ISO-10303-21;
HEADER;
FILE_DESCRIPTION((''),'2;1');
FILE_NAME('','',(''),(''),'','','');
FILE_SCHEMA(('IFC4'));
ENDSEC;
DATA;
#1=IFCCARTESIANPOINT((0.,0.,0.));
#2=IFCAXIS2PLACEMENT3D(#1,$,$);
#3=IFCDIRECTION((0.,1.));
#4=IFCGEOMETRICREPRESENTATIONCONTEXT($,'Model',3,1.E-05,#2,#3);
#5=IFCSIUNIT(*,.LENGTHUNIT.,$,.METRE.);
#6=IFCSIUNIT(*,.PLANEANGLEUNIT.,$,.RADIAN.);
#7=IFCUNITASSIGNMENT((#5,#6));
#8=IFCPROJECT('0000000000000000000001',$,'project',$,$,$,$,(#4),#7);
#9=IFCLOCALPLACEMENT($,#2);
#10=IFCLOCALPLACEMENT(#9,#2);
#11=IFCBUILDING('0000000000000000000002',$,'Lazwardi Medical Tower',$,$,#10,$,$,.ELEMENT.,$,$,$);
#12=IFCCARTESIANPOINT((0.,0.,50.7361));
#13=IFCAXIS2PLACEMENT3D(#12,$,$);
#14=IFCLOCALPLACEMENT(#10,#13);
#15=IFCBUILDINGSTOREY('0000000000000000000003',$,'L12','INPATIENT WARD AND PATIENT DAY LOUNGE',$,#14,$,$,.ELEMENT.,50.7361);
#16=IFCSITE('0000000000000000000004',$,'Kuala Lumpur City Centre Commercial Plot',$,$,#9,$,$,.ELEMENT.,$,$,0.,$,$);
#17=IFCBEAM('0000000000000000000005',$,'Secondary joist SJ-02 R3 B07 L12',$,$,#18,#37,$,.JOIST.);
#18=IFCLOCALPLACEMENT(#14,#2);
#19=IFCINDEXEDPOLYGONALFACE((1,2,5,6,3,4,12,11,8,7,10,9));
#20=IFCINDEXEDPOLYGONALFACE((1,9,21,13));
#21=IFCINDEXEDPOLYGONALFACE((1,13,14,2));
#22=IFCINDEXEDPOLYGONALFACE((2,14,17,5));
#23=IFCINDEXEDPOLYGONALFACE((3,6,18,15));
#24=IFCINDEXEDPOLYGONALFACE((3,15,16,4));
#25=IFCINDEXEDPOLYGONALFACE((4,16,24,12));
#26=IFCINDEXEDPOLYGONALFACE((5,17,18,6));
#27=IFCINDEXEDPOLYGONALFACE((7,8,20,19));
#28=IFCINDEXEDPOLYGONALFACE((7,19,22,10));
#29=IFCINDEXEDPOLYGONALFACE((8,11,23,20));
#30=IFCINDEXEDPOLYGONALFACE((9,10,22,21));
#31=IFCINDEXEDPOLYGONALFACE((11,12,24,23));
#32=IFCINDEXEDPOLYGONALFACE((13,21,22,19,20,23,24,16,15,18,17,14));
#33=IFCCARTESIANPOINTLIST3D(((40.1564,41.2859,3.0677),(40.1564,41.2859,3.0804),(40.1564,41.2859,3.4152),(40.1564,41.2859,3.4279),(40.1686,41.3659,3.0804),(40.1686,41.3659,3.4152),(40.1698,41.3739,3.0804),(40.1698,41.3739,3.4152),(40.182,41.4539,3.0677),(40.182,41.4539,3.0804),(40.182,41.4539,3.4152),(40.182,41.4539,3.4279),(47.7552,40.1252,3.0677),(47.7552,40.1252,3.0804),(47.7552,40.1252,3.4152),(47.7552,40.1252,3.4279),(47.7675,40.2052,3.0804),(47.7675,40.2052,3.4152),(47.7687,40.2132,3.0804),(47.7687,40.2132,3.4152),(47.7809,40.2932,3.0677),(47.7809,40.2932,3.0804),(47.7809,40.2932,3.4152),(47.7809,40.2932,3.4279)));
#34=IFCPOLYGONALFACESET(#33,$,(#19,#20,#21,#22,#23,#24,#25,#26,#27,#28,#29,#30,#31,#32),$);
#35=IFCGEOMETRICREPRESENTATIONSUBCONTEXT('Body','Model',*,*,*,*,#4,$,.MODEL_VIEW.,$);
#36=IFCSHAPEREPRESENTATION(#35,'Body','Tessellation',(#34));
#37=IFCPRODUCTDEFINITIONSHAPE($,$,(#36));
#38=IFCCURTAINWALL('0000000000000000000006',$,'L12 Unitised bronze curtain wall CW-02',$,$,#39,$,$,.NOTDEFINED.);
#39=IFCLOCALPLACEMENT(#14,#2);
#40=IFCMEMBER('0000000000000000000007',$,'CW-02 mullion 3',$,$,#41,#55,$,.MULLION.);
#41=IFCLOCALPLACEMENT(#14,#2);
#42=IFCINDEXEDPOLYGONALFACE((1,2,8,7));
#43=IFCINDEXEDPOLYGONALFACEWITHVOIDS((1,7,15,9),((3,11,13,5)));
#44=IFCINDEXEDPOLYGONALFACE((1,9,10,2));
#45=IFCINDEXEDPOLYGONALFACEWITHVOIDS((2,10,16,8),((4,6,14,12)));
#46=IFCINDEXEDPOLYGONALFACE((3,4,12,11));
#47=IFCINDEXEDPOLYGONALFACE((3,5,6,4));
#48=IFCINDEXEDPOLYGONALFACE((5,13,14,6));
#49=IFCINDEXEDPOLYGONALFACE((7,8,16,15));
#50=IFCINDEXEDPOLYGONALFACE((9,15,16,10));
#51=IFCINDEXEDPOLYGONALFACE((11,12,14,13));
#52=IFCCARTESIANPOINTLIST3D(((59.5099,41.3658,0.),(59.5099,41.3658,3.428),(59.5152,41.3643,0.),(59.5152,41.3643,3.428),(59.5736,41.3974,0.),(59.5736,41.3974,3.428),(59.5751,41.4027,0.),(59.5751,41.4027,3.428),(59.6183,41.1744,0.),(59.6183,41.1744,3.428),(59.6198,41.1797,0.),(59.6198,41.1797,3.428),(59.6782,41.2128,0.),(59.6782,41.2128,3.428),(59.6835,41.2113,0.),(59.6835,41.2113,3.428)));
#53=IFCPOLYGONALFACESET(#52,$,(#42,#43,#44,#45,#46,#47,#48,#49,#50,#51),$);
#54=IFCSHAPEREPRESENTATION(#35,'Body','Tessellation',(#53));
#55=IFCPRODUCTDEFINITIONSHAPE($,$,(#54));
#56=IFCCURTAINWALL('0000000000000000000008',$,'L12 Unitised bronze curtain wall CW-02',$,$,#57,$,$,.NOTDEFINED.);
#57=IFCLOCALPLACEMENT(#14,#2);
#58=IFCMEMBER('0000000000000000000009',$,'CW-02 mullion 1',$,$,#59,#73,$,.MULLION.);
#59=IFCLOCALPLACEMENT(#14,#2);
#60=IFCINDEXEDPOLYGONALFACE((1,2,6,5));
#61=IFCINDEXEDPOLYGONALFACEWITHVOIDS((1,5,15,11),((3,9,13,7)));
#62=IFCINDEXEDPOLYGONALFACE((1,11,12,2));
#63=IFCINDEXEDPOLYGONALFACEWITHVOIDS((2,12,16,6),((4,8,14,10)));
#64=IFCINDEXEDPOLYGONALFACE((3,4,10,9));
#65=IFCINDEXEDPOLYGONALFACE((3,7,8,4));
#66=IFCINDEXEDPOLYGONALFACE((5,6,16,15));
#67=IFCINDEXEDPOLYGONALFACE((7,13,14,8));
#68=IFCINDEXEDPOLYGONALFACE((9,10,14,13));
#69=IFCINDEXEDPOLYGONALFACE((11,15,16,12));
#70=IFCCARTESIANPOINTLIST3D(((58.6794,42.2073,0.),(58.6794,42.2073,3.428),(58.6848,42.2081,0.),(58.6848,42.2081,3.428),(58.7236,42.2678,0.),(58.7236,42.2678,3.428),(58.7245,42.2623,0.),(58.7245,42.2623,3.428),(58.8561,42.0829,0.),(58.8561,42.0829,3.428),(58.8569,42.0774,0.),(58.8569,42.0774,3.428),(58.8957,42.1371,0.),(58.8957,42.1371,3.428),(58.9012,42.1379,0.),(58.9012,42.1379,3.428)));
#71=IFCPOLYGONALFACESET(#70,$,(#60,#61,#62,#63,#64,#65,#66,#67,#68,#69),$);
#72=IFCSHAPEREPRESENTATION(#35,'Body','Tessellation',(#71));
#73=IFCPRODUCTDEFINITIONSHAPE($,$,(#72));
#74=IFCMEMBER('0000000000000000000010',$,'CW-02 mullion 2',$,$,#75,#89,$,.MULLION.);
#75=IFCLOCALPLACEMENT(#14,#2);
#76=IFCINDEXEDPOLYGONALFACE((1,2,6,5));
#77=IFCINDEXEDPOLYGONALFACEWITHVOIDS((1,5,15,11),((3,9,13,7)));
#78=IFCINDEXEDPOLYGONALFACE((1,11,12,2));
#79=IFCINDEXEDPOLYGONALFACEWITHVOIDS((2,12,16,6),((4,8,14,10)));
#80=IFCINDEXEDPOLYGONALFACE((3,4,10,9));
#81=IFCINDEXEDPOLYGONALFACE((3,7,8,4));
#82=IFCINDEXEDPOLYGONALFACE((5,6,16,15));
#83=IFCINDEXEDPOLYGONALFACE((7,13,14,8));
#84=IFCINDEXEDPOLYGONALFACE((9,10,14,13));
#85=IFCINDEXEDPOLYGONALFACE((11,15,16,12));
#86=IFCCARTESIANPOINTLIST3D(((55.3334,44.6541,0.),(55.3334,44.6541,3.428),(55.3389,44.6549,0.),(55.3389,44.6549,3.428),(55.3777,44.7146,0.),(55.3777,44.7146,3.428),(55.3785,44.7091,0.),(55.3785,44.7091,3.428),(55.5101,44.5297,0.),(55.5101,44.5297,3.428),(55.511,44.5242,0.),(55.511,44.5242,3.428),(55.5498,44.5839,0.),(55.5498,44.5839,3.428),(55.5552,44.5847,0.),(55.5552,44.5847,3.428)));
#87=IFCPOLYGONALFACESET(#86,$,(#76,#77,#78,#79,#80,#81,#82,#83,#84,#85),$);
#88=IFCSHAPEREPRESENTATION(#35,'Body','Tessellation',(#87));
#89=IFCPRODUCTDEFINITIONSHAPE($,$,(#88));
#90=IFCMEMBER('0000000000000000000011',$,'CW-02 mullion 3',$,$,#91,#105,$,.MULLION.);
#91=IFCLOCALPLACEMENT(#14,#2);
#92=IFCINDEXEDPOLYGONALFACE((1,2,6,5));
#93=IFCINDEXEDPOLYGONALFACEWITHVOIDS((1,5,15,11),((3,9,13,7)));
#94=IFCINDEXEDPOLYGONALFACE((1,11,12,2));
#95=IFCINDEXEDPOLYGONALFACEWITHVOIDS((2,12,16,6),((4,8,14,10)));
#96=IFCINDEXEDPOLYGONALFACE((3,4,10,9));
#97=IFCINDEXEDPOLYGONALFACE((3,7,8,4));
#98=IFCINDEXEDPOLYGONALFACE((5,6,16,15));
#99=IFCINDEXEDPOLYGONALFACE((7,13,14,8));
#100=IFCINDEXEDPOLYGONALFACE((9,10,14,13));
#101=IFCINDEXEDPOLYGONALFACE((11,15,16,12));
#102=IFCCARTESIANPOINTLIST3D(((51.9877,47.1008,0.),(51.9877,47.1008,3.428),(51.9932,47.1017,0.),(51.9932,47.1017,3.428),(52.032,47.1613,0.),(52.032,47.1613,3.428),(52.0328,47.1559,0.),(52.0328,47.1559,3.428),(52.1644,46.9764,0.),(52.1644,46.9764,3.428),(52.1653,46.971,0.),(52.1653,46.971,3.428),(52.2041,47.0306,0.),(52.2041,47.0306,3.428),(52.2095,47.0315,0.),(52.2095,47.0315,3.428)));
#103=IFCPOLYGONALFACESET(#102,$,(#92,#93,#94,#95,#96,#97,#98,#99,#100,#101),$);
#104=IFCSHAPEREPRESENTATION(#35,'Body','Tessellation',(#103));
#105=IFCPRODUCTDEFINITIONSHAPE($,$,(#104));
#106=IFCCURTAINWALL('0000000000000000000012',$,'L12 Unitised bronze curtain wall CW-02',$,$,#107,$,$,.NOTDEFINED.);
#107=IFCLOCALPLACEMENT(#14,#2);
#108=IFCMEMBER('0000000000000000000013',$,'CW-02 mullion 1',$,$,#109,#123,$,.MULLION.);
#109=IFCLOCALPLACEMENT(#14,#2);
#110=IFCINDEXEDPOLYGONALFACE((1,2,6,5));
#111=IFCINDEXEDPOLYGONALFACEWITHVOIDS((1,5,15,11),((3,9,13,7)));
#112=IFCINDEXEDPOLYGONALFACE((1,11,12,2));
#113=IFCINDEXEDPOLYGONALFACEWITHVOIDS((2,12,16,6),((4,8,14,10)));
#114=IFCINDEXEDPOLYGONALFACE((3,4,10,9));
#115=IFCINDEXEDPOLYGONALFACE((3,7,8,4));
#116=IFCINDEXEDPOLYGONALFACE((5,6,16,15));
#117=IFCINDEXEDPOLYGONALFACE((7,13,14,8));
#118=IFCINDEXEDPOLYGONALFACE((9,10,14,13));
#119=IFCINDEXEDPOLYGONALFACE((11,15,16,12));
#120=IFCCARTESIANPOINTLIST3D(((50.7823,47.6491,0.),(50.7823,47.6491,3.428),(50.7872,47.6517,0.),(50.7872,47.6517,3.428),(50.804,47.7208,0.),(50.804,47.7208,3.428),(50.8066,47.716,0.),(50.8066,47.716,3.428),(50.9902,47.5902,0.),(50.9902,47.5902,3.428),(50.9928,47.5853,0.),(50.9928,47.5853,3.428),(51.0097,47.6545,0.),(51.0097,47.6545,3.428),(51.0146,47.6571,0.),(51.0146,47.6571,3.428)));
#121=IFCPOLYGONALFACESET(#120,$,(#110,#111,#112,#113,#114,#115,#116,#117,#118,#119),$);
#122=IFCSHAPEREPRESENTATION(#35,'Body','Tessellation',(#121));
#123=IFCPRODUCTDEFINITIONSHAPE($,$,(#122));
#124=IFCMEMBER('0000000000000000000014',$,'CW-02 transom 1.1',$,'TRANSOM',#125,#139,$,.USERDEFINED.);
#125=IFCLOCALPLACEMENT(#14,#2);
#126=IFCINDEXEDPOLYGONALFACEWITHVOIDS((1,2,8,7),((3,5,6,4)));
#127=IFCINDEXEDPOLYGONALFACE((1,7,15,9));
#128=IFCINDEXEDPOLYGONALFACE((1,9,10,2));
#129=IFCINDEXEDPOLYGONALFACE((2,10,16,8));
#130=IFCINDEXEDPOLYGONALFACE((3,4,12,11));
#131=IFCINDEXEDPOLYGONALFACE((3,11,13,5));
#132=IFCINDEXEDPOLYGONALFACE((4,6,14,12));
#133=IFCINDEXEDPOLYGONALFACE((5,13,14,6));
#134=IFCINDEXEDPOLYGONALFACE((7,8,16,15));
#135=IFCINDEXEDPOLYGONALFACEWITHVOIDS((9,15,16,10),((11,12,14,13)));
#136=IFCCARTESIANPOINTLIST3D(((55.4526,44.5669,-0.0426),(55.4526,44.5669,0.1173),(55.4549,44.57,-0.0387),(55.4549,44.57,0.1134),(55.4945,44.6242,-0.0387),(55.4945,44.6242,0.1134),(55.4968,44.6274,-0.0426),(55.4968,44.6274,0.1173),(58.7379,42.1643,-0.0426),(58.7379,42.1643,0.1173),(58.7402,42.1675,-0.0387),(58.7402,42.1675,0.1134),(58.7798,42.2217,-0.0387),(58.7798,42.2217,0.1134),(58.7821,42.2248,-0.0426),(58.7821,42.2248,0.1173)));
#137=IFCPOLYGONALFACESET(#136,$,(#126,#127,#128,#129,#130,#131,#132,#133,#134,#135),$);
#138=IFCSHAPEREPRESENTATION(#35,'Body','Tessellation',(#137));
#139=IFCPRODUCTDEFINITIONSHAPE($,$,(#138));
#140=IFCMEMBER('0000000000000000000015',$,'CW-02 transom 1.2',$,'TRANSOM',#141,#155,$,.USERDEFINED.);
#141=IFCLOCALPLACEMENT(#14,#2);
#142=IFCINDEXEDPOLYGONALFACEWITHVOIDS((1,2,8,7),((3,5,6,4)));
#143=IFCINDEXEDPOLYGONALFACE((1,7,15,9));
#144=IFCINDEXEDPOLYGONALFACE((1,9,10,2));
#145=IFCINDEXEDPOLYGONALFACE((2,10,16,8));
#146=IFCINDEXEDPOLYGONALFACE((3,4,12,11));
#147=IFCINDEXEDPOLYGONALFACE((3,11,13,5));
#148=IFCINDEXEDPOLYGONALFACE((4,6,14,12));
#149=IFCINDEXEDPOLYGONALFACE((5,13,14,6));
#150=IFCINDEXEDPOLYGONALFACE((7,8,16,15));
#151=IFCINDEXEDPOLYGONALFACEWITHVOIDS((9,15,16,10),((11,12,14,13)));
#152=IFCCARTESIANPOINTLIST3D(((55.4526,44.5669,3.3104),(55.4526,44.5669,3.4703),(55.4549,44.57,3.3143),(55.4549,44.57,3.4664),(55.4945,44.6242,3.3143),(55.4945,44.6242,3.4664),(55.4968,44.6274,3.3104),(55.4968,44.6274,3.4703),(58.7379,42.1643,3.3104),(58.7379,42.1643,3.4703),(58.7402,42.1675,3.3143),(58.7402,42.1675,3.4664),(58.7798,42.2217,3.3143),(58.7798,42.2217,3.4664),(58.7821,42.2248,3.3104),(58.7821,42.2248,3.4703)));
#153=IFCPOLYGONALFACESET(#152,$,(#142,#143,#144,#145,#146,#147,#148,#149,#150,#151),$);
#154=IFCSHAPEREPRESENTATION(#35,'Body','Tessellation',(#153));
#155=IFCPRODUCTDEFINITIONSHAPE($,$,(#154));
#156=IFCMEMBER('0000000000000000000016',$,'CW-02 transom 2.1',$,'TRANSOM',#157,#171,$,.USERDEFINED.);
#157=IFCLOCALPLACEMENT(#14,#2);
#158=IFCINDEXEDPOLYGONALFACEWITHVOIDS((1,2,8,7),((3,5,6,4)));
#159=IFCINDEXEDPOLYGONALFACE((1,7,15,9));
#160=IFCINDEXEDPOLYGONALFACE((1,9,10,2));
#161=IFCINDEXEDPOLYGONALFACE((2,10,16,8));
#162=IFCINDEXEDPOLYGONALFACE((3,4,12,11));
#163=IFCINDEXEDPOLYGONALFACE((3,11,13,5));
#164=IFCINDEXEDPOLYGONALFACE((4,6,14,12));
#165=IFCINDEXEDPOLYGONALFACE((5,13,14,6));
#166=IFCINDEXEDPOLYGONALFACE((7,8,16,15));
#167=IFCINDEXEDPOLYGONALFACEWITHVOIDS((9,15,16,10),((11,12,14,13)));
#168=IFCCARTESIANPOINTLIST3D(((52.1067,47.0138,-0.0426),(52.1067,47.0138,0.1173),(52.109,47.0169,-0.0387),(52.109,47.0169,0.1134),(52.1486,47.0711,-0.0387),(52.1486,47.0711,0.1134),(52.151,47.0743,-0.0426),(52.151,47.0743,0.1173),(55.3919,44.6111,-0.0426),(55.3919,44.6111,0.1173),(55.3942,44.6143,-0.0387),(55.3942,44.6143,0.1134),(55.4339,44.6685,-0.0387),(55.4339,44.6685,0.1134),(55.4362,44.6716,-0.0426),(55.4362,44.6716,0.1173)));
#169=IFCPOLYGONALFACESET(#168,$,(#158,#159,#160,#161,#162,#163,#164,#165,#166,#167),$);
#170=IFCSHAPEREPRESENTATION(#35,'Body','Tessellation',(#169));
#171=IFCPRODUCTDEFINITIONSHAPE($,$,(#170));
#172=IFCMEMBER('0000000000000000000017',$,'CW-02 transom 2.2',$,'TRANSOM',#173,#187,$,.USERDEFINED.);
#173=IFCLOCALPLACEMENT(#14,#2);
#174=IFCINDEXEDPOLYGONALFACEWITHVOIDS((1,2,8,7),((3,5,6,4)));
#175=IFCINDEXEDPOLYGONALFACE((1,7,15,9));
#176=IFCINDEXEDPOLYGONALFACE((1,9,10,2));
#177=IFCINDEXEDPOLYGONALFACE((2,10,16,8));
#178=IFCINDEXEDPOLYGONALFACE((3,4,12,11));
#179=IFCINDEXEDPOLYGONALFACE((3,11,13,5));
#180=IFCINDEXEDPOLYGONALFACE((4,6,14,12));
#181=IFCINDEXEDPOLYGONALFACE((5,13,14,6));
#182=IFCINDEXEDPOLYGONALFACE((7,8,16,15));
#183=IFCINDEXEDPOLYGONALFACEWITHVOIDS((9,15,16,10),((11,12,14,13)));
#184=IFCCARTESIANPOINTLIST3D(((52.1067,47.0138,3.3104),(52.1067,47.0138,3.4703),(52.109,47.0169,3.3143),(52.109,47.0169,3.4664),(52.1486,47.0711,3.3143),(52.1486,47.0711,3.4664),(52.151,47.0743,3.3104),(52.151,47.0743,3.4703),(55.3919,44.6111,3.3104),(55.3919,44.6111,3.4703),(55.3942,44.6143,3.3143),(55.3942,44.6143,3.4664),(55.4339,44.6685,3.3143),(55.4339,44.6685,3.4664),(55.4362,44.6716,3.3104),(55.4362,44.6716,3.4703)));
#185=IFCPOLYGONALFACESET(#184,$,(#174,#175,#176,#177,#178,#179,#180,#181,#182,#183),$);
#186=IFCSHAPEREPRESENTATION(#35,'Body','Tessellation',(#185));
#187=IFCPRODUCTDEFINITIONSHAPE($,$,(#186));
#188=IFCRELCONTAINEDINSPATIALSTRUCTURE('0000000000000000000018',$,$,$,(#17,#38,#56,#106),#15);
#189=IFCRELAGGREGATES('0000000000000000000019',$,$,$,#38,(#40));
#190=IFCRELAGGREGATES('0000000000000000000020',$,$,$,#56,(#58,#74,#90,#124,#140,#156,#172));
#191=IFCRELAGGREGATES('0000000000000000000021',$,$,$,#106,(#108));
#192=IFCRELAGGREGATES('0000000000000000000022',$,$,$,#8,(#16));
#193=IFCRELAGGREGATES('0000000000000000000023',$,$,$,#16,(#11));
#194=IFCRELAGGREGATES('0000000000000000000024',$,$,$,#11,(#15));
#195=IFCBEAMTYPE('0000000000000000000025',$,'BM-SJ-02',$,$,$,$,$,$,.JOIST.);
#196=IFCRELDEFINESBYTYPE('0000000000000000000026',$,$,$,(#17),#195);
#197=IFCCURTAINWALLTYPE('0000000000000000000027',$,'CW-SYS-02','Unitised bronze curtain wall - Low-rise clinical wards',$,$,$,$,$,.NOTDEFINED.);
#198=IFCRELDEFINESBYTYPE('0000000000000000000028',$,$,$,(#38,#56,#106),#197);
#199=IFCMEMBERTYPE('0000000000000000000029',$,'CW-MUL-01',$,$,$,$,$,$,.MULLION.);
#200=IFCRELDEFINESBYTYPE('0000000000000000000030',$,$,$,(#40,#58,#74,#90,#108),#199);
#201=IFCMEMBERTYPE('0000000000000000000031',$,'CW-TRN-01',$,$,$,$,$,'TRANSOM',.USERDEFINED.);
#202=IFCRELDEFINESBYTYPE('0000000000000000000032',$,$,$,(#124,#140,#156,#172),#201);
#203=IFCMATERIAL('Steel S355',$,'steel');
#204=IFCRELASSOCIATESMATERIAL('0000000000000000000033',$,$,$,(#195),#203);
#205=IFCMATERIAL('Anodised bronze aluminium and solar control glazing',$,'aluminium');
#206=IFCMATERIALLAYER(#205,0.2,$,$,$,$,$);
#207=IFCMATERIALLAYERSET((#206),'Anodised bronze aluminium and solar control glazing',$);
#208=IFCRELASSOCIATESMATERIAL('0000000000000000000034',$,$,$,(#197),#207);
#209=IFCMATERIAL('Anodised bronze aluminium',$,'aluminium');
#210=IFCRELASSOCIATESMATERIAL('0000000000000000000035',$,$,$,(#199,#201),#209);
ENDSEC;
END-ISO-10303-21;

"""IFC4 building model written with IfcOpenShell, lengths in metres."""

from ifc_helpers import new_model, si_unit, direction, frame, origin, origin_2d, place, context, subcontext, project, spatial, hollow_rectangle, i_section, extrude, material, layer, layer_set, material_profile, profile_set, type_object, element, aggregate, save


model = new_model("IFC4")

# Units and contexts
model_context = context("Model", 3, precision=1e-05, world=origin(), true_north=direction((0.0, 1.0)))
body_context = subcontext(model_context, "Body", "Model", "MODEL_VIEW")
ifc_project = project(units=[si_unit("LENGTHUNIT", "METRE"), si_unit("PLANEANGLEUNIT", "RADIAN")], contexts=[model_context])

# Site, building, storey
site_placement = place(None, origin())
site = spatial("IfcSite", under=ifc_project, at=site_placement, Name="Kuala Lumpur City Centre Commercial Plot", CompositionType="ELEMENT", RefElevation=0.0)
building_placement = place(site_placement, origin())
building = spatial("IfcBuilding", under=site, at=building_placement, Name="Lazwardi Medical Tower", CompositionType="ELEMENT")
storey_placement = place(building_placement, frame((0.0, 0.0, 50.7361)))
storey = spatial("IfcBuildingStorey", under=building, at=storey_placement, Name="L12", Description="INPATIENT WARD AND PATIENT DAY LOUNGE", CompositionType="ELEMENT", Elevation=50.7361)

# Beam
ifc_material_1 = material(Name="Steel S355", Category="steel")
ifc_material_profile_1 = material_profile(ifc_material_1, i_section(OverallWidth=0.1699, OverallDepth=0.3601, WebThickness=0.0081, FlangeThickness=0.0127, at=origin_2d()), Name="IPE 360")
ifc_profile_set_1 = profile_set([ifc_material_profile_1], Name="Steel S355")
beam_type_1 = type_object("IfcBeamType", Name="BM-SJ-02", PredefinedType="JOIST", material=ifc_profile_set_1)
beam_1_placement = place(storey_placement, frame((47.7681, 40.2092, 3.2478), z_axis=(-0.988536, 0.150988, 0.0), x_axis=(-0.150988, -0.988536, 0.0)))
element("IfcBeam", 1, at=beam_1_placement, inside=storey, type_object=beam_type_1, Name="Secondary joist SJ-02 R3 B07 L12", PredefinedType="JOIST", context=body_context, shape_type="SweptSolid", body=[
    extrude(i_section(OverallWidth=0.1699, OverallDepth=0.3601, WebThickness=0.0081, FlangeThickness=0.0127, at=origin_2d()), origin(), (0.0, 0.0, 1.0), 7.687),
])

# Curtain wall, member
ifc_material_2 = material(Name="Anodised bronze aluminium and solar control glazing", Category="aluminium")
ifc_layer_1 = layer(ifc_material_2, 0.2)
ifc_layer_set_1 = layer_set([ifc_layer_1], Name="Anodised bronze aluminium and solar control glazing")
curtain_wall_type = type_object("IfcCurtainWallType", Name="CW-SYS-02", Description="Unitised bronze curtain wall - Low-rise clinical wards", PredefinedType="NOTDEFINED", material=ifc_layer_set_1)
curtain_wall_1_placement = place(storey_placement, origin())
curtain_wall_1 = element("IfcCurtainWall", 2, at=curtain_wall_1_placement, inside=storey, type_object=curtain_wall_type, Name="L12 Unitised bronze curtain wall CW-02", PredefinedType="NOTDEFINED")
ifc_material_3 = material(Name="Anodised bronze aluminium", Category="aluminium")
ifc_material_profile_2 = material_profile(ifc_material_3, hollow_rectangle(XDim=0.075, YDim=0.22, WallThickness=0.0039, at=origin_2d()), Name="ALU-MULLION 220x75x4")
ifc_profile_set_2 = profile_set([ifc_material_profile_2], Name="Anodised bronze aluminium")
member_type_1 = type_object("IfcMemberType", Name="CW-MUL-01", PredefinedType="MULLION", material=ifc_profile_set_2)
member_1_placement = place(storey_placement, frame((59.5967, 41.2886, 0.0), z_axis=(0.0, 0.0, 1.0), x_axis=(-0.870112, -0.492854, 0.0)))
member_1 = element("IfcMember", 3, at=member_1_placement, type_object=member_type_1, Name="CW-02 mullion 3", PredefinedType="MULLION", context=body_context, shape_type="SweptSolid", body=[
    extrude(hollow_rectangle(XDim=0.075, YDim=0.22, WallThickness=0.0039, at=origin_2d()), origin(), (0.0, 0.0, 1.0), 3.428),
])

# Curtain wall, members
curtain_wall_2_placement = place(storey_placement, origin())
curtain_wall_2 = element("IfcCurtainWall", 4, at=curtain_wall_2_placement, inside=storey, type_object=curtain_wall_type, Name="L12 Unitised bronze curtain wall CW-02", PredefinedType="NOTDEFINED")
member_2_placement = place(storey_placement, frame((58.7903, 42.1726, 0.0), z_axis=(0.0, 0.0, 1.0), x_axis=(-0.590289, -0.807192, 0.0)))
member_2 = element("IfcMember", 5, at=member_2_placement, type_object=member_type_1, Name="CW-02 mullion 1", PredefinedType="MULLION", context=body_context, shape_type="SweptSolid", body=[
    extrude(hollow_rectangle(XDim=0.075, YDim=0.22, WallThickness=0.0039, at=origin_2d()), origin(), (0.0, 0.0, 1.0), 3.428),
])
member_3_placement = place(storey_placement, frame((55.4443, 44.6194, 0.0), z_axis=(0.0, 0.0, 1.0), x_axis=(-0.590289, -0.807192, 0.0)))
member_3 = element("IfcMember", 6, at=member_3_placement, type_object=member_type_1, Name="CW-02 mullion 2", PredefinedType="MULLION", context=body_context, shape_type="SweptSolid", body=[
    extrude(hollow_rectangle(XDim=0.075, YDim=0.22, WallThickness=0.0039, at=origin_2d()), origin(), (0.0, 0.0, 1.0), 3.428),
])
member_4_placement = place(storey_placement, frame((52.0986, 47.0662, 0.0), z_axis=(0.0, 0.0, 1.0), x_axis=(-0.590289, -0.807192, 0.0)))
member_4 = element("IfcMember", 7, at=member_4_placement, type_object=member_type_1, Name="CW-02 mullion 3", PredefinedType="MULLION", context=body_context, shape_type="SweptSolid", body=[
    extrude(hollow_rectangle(XDim=0.075, YDim=0.22, WallThickness=0.0039, at=origin_2d()), origin(), (0.0, 0.0, 1.0), 3.428),
])

# Curtain wall, member
curtain_wall_3_placement = place(storey_placement, origin())
curtain_wall_3 = element("IfcCurtainWall", 8, at=curtain_wall_3_placement, inside=storey, type_object=curtain_wall_type, Name="L12 Unitised bronze curtain wall CW-02", PredefinedType="NOTDEFINED")
member_5_placement = place(storey_placement, frame((50.8984, 47.6531, 0.0), z_axis=(0.0, 0.0, 1.0), x_axis=(-0.289896, -0.957058, 0.0)))
member_5 = element("IfcMember", 9, at=member_5_placement, type_object=member_type_1, Name="CW-02 mullion 1", PredefinedType="MULLION", context=body_context, shape_type="SweptSolid", body=[
    extrude(hollow_rectangle(XDim=0.075, YDim=0.22, WallThickness=0.0039, at=origin_2d()), origin(), (0.0, 0.0, 1.0), 3.428),
])

# Members
ifc_material_profile_3 = material_profile(ifc_material_3, hollow_rectangle(XDim=0.075, YDim=0.1599, WallThickness=0.0039, at=origin_2d()), Name="ALU-TRANSOM 160x75x4")
ifc_profile_set_3 = profile_set([ifc_material_profile_3], Name="Anodised bronze aluminium")
member_type_2 = type_object("IfcMemberType", Name="CW-TRN-01", ElementType="TRANSOM", PredefinedType="USERDEFINED", material=ifc_profile_set_3)
member_6_placement = place(storey_placement, frame((58.76, 42.1946, 0.0374), z_axis=(-0.80719, 0.590292, 0.0), x_axis=(-0.590292, -0.80719, 0.0)))
member_6 = element("IfcMember", 10, at=member_6_placement, type_object=member_type_2, Name="CW-02 transom 1.1", ObjectType="TRANSOM", PredefinedType="USERDEFINED", context=body_context, shape_type="SweptSolid", body=[
    extrude(hollow_rectangle(XDim=0.075, YDim=0.1599, WallThickness=0.0039, at=origin_2d()), origin(), (0.0, 0.0, 1.0), 4.0701),
])
member_7_placement = place(storey_placement, frame((58.76, 42.1946, 3.3904), z_axis=(-0.80719, 0.590292, 0.0), x_axis=(-0.590292, -0.80719, 0.0)))
member_7 = element("IfcMember", 11, at=member_7_placement, type_object=member_type_2, Name="CW-02 transom 1.2", ObjectType="TRANSOM", PredefinedType="USERDEFINED", context=body_context, shape_type="SweptSolid", body=[
    extrude(hollow_rectangle(XDim=0.075, YDim=0.1599, WallThickness=0.0039, at=origin_2d()), origin(), (0.0, 0.0, 1.0), 4.0701),
])
member_8_placement = place(storey_placement, frame((55.4141, 44.6414, 0.0374), z_axis=(-0.807169, 0.59032, 0.0), x_axis=(-0.59032, -0.807169, 0.0)))
member_8 = element("IfcMember", 12, at=member_8_placement, type_object=member_type_2, Name="CW-02 transom 2.1", ObjectType="TRANSOM", PredefinedType="USERDEFINED", context=body_context, shape_type="SweptSolid", body=[
    extrude(hollow_rectangle(XDim=0.075, YDim=0.1599, WallThickness=0.0039, at=origin_2d()), origin(), (0.0, 0.0, 1.0), 4.0701),
])
member_9_placement = place(storey_placement, frame((55.4141, 44.6414, 3.3904), z_axis=(-0.807169, 0.59032, 0.0), x_axis=(-0.59032, -0.807169, 0.0)))
member_9 = element("IfcMember", 13, at=member_9_placement, type_object=member_type_2, Name="CW-02 transom 2.2", ObjectType="TRANSOM", PredefinedType="USERDEFINED", context=body_context, shape_type="SweptSolid", body=[
    extrude(hollow_rectangle(XDim=0.075, YDim=0.1599, WallThickness=0.0039, at=origin_2d()), origin(), (0.0, 0.0, 1.0), 4.0701),
])

aggregate(curtain_wall_1, [member_1])
aggregate(curtain_wall_2, [member_2, member_3, member_4, member_6, member_7, member_8, member_9])
aggregate(curtain_wall_3, [member_5])

save(model, "model.ifc")
